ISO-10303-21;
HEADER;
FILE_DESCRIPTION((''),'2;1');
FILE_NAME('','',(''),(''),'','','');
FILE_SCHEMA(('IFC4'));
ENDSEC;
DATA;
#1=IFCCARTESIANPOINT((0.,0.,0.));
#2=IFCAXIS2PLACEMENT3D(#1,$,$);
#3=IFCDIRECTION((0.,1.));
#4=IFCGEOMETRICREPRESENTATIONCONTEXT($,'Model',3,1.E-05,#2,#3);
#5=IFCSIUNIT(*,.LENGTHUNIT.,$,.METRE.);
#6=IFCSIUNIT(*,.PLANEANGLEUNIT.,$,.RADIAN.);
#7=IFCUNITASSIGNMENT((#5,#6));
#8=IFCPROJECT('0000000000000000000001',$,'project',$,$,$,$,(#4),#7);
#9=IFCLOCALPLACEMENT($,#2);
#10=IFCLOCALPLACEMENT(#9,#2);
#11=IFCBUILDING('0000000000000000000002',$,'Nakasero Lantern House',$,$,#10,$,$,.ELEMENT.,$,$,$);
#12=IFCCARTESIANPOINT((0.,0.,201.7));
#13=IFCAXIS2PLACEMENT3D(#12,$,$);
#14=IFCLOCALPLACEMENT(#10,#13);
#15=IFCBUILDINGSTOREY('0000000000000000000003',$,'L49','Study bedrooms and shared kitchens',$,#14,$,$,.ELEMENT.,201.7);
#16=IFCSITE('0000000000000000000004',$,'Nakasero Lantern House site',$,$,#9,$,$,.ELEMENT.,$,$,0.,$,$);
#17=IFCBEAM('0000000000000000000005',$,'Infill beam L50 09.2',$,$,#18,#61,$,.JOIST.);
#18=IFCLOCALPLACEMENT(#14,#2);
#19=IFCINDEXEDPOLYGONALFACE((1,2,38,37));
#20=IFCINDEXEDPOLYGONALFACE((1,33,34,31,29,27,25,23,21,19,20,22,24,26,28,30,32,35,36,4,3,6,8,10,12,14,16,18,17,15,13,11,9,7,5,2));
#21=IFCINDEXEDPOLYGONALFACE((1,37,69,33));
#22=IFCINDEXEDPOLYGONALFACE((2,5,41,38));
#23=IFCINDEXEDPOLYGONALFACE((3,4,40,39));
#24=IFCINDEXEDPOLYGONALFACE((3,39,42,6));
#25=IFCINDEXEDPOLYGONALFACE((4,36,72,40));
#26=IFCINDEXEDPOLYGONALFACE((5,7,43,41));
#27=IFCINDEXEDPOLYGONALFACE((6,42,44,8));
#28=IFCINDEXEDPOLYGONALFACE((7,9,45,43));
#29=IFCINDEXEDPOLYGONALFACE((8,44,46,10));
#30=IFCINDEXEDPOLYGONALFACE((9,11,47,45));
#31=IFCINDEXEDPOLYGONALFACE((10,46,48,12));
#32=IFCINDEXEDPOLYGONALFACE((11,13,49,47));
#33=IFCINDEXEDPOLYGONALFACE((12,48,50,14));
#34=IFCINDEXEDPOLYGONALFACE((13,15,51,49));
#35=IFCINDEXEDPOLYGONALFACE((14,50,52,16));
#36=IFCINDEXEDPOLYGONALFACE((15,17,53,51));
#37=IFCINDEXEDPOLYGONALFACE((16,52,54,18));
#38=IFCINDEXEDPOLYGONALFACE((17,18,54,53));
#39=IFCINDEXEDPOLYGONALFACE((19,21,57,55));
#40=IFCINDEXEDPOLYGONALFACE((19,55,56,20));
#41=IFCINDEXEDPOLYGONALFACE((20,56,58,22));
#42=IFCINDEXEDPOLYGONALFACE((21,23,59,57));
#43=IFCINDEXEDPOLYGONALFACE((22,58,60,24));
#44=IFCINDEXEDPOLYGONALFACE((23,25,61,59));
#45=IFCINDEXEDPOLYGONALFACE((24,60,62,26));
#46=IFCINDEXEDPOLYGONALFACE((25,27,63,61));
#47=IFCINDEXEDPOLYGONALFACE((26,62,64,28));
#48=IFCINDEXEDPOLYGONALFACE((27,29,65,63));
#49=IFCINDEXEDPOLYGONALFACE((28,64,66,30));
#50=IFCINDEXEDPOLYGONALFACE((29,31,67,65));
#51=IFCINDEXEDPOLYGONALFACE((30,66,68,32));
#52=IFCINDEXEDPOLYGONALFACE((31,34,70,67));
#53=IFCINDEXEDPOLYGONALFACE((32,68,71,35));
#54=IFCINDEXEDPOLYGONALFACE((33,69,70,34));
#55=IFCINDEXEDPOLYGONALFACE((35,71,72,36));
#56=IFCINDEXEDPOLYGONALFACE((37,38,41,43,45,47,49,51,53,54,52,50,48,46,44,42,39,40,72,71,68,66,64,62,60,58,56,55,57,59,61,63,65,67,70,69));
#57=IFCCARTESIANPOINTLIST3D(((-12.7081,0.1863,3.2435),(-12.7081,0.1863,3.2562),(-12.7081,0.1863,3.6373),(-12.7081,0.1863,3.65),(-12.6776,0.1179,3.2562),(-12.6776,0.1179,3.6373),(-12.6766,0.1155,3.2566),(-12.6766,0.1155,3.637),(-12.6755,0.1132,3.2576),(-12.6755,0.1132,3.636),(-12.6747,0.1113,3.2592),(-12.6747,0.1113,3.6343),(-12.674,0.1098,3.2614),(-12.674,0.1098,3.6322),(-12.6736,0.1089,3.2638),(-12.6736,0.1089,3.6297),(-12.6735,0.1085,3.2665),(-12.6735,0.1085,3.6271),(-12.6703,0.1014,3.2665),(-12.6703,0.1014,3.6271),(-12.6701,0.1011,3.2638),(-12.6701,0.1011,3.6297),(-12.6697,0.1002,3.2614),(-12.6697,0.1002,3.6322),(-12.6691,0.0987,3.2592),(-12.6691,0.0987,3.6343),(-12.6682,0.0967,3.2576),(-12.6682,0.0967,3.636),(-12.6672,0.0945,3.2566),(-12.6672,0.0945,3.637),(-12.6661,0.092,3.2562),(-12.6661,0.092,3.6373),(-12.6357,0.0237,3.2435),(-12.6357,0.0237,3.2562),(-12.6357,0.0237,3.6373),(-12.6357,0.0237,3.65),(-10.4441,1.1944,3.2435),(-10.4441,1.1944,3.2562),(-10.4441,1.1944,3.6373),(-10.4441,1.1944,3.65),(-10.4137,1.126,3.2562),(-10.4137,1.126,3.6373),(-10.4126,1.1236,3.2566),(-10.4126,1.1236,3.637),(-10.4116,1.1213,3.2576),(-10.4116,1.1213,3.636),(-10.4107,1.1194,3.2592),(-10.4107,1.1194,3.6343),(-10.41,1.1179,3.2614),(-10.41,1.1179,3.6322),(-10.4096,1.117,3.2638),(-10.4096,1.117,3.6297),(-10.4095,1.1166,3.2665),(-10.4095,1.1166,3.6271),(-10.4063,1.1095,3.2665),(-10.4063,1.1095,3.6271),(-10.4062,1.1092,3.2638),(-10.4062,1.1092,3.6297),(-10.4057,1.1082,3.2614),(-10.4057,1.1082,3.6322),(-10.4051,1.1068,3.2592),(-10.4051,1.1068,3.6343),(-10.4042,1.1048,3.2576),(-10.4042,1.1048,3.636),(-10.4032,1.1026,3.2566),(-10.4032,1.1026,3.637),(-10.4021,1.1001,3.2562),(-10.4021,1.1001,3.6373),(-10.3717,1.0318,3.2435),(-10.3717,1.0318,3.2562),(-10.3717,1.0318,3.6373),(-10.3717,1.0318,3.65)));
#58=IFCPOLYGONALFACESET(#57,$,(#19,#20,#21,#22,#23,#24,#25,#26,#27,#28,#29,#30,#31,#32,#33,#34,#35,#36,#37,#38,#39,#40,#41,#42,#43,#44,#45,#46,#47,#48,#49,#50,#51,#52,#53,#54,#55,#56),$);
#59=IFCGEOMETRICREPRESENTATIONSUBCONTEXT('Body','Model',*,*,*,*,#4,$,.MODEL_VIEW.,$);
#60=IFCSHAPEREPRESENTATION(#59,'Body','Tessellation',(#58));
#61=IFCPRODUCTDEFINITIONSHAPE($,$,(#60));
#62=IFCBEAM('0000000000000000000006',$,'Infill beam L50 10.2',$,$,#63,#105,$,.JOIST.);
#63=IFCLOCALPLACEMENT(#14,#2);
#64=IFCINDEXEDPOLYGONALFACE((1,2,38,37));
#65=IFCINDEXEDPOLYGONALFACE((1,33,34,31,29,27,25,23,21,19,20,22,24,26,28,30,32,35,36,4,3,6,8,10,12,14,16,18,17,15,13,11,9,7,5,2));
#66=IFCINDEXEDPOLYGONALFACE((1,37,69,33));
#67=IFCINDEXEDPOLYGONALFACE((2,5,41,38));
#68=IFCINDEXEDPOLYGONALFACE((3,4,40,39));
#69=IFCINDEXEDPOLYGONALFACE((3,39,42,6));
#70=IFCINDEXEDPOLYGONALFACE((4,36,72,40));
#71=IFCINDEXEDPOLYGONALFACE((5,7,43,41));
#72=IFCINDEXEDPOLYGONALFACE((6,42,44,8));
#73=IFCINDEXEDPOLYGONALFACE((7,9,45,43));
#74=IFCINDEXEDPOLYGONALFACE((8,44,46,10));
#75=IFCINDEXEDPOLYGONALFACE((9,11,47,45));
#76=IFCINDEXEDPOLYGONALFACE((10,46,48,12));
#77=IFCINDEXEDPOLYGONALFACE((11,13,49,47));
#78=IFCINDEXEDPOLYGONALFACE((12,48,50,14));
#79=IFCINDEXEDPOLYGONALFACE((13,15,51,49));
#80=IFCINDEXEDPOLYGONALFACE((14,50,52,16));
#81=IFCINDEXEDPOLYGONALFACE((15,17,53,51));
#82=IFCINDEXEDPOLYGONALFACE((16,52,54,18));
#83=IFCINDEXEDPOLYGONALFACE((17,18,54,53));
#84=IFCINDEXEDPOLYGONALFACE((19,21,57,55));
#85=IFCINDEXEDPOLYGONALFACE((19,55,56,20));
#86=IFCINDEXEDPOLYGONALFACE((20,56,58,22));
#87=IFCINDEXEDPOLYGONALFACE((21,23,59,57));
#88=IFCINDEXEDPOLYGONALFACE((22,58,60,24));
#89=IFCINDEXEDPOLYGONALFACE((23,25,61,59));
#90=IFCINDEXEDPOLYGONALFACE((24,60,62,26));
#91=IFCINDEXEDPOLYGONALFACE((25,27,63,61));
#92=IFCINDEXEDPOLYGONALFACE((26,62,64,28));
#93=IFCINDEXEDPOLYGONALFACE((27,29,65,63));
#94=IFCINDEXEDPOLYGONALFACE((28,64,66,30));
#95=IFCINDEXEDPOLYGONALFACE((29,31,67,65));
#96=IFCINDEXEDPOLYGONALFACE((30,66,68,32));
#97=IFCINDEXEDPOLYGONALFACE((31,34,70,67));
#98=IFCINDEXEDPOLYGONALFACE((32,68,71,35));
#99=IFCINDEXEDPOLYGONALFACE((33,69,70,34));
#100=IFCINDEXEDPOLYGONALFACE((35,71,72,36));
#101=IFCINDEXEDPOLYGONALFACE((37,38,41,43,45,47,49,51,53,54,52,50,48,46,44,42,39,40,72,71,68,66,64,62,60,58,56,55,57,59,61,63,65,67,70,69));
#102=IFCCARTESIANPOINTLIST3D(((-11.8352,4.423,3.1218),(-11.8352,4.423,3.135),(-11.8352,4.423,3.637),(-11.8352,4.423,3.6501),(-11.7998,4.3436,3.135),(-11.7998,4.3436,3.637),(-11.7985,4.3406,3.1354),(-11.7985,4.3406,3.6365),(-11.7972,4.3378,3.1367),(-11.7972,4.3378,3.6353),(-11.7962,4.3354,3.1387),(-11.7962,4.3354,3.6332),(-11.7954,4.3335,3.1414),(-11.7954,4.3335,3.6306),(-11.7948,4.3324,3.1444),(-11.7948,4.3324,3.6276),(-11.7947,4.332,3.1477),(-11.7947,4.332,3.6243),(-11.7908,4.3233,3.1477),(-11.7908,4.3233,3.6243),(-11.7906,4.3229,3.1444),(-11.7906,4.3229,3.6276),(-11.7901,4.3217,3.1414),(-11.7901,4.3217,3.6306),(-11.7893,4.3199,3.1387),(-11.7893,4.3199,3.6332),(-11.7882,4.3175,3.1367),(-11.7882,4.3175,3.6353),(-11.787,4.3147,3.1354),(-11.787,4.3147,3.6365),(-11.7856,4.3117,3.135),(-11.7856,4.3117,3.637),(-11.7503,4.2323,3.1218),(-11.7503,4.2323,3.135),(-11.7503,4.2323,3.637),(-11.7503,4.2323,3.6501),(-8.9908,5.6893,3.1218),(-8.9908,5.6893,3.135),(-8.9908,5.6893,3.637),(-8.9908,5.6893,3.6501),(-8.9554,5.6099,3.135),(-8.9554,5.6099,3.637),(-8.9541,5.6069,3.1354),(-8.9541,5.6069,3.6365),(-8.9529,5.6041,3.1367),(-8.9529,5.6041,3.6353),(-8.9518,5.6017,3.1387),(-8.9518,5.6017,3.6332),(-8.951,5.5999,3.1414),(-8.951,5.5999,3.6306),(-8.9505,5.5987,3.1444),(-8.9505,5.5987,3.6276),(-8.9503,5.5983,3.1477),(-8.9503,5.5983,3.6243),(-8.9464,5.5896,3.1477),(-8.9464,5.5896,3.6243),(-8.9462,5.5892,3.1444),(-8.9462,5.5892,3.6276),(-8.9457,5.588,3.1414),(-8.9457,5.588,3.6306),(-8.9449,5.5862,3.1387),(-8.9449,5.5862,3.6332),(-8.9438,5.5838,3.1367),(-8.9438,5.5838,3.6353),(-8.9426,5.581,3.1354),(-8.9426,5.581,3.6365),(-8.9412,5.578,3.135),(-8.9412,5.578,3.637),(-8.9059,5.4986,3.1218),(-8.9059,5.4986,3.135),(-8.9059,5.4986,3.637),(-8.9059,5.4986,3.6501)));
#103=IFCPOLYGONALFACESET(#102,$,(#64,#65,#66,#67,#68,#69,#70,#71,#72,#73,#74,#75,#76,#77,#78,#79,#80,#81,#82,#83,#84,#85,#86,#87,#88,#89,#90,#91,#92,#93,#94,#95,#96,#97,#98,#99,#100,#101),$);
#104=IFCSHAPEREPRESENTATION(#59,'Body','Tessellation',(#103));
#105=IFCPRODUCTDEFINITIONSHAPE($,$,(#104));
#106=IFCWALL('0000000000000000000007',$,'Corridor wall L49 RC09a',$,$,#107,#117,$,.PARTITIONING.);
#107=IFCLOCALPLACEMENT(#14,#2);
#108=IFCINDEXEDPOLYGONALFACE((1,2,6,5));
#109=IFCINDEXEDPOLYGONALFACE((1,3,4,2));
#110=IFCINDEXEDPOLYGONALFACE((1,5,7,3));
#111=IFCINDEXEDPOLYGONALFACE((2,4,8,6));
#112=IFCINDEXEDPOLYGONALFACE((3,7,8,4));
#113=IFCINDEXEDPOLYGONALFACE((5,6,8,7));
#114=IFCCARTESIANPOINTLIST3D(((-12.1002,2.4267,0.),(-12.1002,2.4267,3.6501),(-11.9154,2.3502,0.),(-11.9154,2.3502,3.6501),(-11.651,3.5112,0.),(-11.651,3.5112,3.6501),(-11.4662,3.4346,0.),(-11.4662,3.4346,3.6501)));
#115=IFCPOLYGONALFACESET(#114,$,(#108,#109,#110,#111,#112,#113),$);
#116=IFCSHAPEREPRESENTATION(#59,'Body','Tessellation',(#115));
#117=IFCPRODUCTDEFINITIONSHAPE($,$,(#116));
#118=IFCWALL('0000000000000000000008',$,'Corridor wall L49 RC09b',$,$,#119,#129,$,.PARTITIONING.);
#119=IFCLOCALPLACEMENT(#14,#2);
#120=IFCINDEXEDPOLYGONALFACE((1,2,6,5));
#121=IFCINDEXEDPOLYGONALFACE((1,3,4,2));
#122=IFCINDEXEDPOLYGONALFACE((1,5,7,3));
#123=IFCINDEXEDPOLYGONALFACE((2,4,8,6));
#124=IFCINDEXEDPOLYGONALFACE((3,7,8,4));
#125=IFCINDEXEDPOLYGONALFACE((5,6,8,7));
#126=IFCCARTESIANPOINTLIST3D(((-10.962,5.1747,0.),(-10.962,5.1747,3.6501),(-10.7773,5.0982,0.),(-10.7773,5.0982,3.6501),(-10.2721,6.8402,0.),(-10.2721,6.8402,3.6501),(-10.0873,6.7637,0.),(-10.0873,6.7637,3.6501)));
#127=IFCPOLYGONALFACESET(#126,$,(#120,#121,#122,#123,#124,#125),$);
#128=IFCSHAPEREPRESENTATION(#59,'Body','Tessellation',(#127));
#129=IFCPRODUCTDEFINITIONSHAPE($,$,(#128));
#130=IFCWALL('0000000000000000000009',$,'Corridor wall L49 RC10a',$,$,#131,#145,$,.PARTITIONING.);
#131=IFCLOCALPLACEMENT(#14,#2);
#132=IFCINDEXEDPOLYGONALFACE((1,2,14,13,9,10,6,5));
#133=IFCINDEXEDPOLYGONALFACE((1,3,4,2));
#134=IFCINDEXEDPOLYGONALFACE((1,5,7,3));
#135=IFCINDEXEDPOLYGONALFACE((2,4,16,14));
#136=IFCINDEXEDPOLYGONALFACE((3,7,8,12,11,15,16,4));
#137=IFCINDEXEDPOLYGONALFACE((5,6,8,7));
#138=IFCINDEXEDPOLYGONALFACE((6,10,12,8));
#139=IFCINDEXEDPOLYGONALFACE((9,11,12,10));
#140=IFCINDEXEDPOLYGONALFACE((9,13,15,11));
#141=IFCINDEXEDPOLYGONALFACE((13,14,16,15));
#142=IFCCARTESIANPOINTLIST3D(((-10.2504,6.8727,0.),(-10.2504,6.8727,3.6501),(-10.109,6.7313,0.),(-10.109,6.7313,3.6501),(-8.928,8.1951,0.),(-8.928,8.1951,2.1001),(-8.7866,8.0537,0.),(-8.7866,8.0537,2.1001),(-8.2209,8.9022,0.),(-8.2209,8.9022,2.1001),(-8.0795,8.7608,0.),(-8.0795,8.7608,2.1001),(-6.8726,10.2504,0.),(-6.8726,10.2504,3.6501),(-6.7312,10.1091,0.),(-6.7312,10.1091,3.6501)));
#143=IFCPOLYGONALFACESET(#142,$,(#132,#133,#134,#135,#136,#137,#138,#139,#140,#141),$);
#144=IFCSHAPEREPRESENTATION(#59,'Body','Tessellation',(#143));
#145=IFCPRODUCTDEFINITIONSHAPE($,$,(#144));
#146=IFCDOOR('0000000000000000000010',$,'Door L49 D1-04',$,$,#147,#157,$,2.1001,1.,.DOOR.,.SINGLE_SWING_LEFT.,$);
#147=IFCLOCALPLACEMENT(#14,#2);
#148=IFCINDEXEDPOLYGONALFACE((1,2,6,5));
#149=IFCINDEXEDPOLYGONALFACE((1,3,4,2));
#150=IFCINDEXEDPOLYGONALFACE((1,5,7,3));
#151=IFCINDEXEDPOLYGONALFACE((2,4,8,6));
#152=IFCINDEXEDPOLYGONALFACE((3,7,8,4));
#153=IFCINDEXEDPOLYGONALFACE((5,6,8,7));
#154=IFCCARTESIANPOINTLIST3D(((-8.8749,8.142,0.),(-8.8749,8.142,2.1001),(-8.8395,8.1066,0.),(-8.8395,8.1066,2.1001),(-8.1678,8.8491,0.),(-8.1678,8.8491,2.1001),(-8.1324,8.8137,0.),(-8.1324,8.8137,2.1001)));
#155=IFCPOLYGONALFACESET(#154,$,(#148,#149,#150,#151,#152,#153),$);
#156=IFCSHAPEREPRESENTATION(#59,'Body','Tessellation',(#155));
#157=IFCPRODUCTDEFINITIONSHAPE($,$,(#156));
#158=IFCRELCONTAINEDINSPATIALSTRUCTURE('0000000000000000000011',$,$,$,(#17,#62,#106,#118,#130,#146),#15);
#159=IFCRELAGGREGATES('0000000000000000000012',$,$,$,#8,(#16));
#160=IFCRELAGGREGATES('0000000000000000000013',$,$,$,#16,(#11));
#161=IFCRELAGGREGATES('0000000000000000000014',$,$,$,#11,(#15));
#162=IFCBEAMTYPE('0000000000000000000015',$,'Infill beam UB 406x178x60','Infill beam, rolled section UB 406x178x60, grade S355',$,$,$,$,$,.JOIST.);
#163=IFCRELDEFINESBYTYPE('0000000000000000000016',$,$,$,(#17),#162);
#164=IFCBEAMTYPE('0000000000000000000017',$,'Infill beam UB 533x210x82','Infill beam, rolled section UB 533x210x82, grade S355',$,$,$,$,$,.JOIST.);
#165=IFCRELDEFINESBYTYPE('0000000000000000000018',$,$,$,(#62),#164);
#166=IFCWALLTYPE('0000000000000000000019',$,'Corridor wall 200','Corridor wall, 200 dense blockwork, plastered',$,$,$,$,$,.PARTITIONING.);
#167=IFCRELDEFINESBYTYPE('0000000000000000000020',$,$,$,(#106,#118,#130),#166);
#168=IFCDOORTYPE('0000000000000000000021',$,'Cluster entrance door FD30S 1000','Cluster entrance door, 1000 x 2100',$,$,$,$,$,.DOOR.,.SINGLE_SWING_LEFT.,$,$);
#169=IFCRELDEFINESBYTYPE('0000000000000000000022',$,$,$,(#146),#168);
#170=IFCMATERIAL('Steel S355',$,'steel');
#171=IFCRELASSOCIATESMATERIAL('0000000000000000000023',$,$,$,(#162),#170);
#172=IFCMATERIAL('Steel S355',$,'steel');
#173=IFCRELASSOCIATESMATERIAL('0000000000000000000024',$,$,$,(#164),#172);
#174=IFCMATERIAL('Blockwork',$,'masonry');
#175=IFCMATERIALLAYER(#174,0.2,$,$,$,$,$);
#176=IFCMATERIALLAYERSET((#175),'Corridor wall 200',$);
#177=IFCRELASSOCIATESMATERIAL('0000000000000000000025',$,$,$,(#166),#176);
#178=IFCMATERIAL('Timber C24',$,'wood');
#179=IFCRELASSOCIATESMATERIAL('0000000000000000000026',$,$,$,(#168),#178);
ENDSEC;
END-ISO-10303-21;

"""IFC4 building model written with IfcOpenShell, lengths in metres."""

from ifc_helpers import new_model, si_unit, direction, frame, frame_2d, origin, origin_2d, place, context, subcontext, project, spatial, rectangle, i_section, extrude, material, layer, layer_set, material_profile, profile_set, type_object, element, fill, save


model = new_model("IFC4")

# Units and contexts
model_context = context("Model", 3, precision=1e-05, world=origin(), true_north=direction((0.0, 1.0)))
body_context = subcontext(model_context, "Body", "Model", "MODEL_VIEW")
ifc_project = project(units=[si_unit("LENGTHUNIT", "METRE"), si_unit("PLANEANGLEUNIT", "RADIAN")], contexts=[model_context])

# Site, building, storey
site_placement = place(None, origin())
site = spatial("IfcSite", under=ifc_project, at=site_placement, Name="Nakasero Lantern House site", CompositionType="ELEMENT", RefElevation=0.0)
building_placement = place(site_placement, origin())
building = spatial("IfcBuilding", under=site, at=building_placement, Name="Nakasero Lantern House", CompositionType="ELEMENT")
storey_placement = place(building_placement, frame((0.0, 0.0, 201.7)))
storey = spatial("IfcBuildingStorey", under=building, at=storey_placement, Name="L49", Description="Study bedrooms and shared kitchens", CompositionType="ELEMENT", Elevation=201.7)

# Beams
ifc_material_1 = material(Name="Steel S355", Category="steel")
ifc_material_profile_1 = material_profile(ifc_material_1, i_section(OverallWidth=0.178, OverallDepth=0.4065, WebThickness=0.0078, FlangeThickness=0.0127, FilletRadius=0.0103, at=origin_2d()), Name="UB 406x178x60")
ifc_profile_set_1 = profile_set([ifc_material_profile_1], Name="Steel S355")
beam_type_1 = type_object("IfcBeamType", Name="Infill beam UB 406x178x60", Description="Infill beam, rolled section UB 406x178x60, grade S355", PredefinedType="JOIST", material=ifc_profile_set_1)
beam_1_placement = place(storey_placement, frame((-12.6719, 0.105, 3.4468), z_axis=(0.913531, 0.406769, 0.0), x_axis=(-0.406769, 0.913531, 0.0)))
element("IfcBeam", 1, at=beam_1_placement, inside=storey, type_object=beam_type_1, Name="Infill beam L50 09.2", PredefinedType="JOIST", context=body_context, shape_type="SweptSolid", body=[
    extrude(i_section(OverallWidth=0.178, OverallDepth=0.4065, WebThickness=0.0078, FlangeThickness=0.0127, FilletRadius=0.0103, at=origin_2d()), origin(), (0.0, 0.0, 1.0), 2.4783),
])
ifc_material_2 = material(Name="Steel S355", Category="steel")
ifc_material_profile_2 = material_profile(ifc_material_2, i_section(OverallWidth=0.2087, OverallDepth=0.5283, WebThickness=0.0095, FlangeThickness=0.0132, FilletRadius=0.0127, at=origin_2d()), Name="UB 533x210x82")
ifc_profile_set_2 = profile_set([ifc_material_profile_2], Name="Steel S355")
beam_type_2 = type_object("IfcBeamType", Name="Infill beam UB 533x210x82", Description="Infill beam, rolled section UB 533x210x82, grade S355", PredefinedType="JOIST", material=ifc_profile_set_2)
beam_2_placement = place(storey_placement, frame((-11.7927, 4.3276, 3.386), z_axis=(0.913556, 0.406713, 0.0), x_axis=(-0.406713, 0.913556, 0.0)))
element("IfcBeam", 2, at=beam_2_placement, inside=storey, type_object=beam_type_2, Name="Infill beam L50 10.2", PredefinedType="JOIST", context=body_context, shape_type="SweptSolid", body=[
    extrude(i_section(OverallWidth=0.2087, OverallDepth=0.5283, WebThickness=0.0095, FlangeThickness=0.0132, FilletRadius=0.0127, at=origin_2d()), origin(), (0.0, 0.0, 1.0), 3.1135),
])

# Walls
ifc_material_3 = material(Name="Blockwork", Category="masonry")
ifc_layer_1 = layer(ifc_material_3, 0.2)
ifc_layer_set_1 = layer_set([ifc_layer_1], Name="Corridor wall 200")
wall_type_1 = type_object("IfcWallType", Name="Corridor wall 200", Description="Corridor wall, 200 dense blockwork, plastered", PredefinedType="PARTITIONING", material=ifc_layer_set_1)
wall_1_placement = place(storey_placement, frame((-12.0078, 2.3884, 0.0), z_axis=(0.0, 0.0, 1.0), x_axis=(0.382695, 0.923875, 0.0)))
element("IfcWall", 3, at=wall_1_placement, inside=storey, type_object=wall_type_1, Name="Corridor wall L49 RC09a", PredefinedType="PARTITIONING", context=body_context, shape_type="SweptSolid", body=[
    extrude(rectangle(XDim=1.1738, YDim=0.2, at=frame_2d((0.5869, 0.0))), origin(), (0.0, 0.0, 1.0), 3.6501),
])
wall_2_placement = place(storey_placement, frame((-10.8696, 5.1365, 0.0), z_axis=(0.0, 0.0, 1.0), x_axis=(0.382711, 0.923868, 0.0)))
element("IfcWall", 4, at=wall_2_placement, inside=storey, type_object=wall_type_1, Name="Corridor wall L49 RC09b", PredefinedType="PARTITIONING", context=body_context, shape_type="SweptSolid", body=[
    extrude(rectangle(XDim=1.8027, YDim=0.2, at=frame_2d((0.9014, 0.0))), origin(), (0.0, 0.0, 1.0), 3.6501),
])

# Wall, opening, door
wall_3_placement = place(storey_placement, frame((-10.1797, 6.802, 0.0), z_axis=(0.0, 0.0, 1.0), x_axis=(0.707107, 0.707107, 0.0)))
wall_3 = element("IfcWall", 5, at=wall_3_placement, inside=storey, type_object=wall_type_1, Name="Corridor wall L49 RC10a", PredefinedType="PARTITIONING", context=body_context, shape_type="SweptSolid", body=[
    extrude(rectangle(XDim=4.7769, YDim=0.2, at=frame_2d((2.3884, 0.0))), origin(), (0.0, 0.0, 1.0), 3.6501),
])
opening_1_placement = place(wall_3_placement, frame((1.8701, 0.0, 0.0)))
opening_1 = element("IfcOpeningElement", 6, at=opening_1_placement, cuts=wall_3, PredefinedType="OPENING", context=body_context, shape_type="SweptSolid", body=[
    extrude(rectangle(XDim=1.0, YDim=2.1001, at=frame_2d((0.5, 1.05))), frame((0.0, 0.1199, 0.0), z_axis=(0.0, -1.0, 0.0), x_axis=(1.0, 0.0, 0.0)), (0.0, 0.0, 1.0), 0.24),
])
ifc_material_4 = material(Name="Timber C24", Category="wood")
door_type_1 = type_object("IfcDoorType", Name="Cluster entrance door FD30S 1000", Description="Cluster entrance door, 1000 x 2100", OperationType="SINGLE_SWING_LEFT", PredefinedType="DOOR", material=ifc_material_4)
door_1_placement = place(opening_1_placement, origin())
door_1 = element("IfcDoor", 7, at=door_1_placement, inside=storey, type_object=door_type_1, Name="Door L49 D1-04", OperationType="SINGLE_SWING_LEFT", OverallHeight=2.1001, OverallWidth=1.0, PredefinedType="DOOR", context=body_context, shape_type="SweptSolid", body=[
    extrude(rectangle(XDim=1.0, YDim=2.1001, at=frame_2d((0.5, 1.05))), frame((0.0, 0.0249, 0.0), z_axis=(0.0, -1.0, 0.0), x_axis=(1.0, 0.0, 0.0)), (0.0, 0.0, 1.0), 0.05),
])
fill(opening_1, door_1)

save(model, "model.ifc")
